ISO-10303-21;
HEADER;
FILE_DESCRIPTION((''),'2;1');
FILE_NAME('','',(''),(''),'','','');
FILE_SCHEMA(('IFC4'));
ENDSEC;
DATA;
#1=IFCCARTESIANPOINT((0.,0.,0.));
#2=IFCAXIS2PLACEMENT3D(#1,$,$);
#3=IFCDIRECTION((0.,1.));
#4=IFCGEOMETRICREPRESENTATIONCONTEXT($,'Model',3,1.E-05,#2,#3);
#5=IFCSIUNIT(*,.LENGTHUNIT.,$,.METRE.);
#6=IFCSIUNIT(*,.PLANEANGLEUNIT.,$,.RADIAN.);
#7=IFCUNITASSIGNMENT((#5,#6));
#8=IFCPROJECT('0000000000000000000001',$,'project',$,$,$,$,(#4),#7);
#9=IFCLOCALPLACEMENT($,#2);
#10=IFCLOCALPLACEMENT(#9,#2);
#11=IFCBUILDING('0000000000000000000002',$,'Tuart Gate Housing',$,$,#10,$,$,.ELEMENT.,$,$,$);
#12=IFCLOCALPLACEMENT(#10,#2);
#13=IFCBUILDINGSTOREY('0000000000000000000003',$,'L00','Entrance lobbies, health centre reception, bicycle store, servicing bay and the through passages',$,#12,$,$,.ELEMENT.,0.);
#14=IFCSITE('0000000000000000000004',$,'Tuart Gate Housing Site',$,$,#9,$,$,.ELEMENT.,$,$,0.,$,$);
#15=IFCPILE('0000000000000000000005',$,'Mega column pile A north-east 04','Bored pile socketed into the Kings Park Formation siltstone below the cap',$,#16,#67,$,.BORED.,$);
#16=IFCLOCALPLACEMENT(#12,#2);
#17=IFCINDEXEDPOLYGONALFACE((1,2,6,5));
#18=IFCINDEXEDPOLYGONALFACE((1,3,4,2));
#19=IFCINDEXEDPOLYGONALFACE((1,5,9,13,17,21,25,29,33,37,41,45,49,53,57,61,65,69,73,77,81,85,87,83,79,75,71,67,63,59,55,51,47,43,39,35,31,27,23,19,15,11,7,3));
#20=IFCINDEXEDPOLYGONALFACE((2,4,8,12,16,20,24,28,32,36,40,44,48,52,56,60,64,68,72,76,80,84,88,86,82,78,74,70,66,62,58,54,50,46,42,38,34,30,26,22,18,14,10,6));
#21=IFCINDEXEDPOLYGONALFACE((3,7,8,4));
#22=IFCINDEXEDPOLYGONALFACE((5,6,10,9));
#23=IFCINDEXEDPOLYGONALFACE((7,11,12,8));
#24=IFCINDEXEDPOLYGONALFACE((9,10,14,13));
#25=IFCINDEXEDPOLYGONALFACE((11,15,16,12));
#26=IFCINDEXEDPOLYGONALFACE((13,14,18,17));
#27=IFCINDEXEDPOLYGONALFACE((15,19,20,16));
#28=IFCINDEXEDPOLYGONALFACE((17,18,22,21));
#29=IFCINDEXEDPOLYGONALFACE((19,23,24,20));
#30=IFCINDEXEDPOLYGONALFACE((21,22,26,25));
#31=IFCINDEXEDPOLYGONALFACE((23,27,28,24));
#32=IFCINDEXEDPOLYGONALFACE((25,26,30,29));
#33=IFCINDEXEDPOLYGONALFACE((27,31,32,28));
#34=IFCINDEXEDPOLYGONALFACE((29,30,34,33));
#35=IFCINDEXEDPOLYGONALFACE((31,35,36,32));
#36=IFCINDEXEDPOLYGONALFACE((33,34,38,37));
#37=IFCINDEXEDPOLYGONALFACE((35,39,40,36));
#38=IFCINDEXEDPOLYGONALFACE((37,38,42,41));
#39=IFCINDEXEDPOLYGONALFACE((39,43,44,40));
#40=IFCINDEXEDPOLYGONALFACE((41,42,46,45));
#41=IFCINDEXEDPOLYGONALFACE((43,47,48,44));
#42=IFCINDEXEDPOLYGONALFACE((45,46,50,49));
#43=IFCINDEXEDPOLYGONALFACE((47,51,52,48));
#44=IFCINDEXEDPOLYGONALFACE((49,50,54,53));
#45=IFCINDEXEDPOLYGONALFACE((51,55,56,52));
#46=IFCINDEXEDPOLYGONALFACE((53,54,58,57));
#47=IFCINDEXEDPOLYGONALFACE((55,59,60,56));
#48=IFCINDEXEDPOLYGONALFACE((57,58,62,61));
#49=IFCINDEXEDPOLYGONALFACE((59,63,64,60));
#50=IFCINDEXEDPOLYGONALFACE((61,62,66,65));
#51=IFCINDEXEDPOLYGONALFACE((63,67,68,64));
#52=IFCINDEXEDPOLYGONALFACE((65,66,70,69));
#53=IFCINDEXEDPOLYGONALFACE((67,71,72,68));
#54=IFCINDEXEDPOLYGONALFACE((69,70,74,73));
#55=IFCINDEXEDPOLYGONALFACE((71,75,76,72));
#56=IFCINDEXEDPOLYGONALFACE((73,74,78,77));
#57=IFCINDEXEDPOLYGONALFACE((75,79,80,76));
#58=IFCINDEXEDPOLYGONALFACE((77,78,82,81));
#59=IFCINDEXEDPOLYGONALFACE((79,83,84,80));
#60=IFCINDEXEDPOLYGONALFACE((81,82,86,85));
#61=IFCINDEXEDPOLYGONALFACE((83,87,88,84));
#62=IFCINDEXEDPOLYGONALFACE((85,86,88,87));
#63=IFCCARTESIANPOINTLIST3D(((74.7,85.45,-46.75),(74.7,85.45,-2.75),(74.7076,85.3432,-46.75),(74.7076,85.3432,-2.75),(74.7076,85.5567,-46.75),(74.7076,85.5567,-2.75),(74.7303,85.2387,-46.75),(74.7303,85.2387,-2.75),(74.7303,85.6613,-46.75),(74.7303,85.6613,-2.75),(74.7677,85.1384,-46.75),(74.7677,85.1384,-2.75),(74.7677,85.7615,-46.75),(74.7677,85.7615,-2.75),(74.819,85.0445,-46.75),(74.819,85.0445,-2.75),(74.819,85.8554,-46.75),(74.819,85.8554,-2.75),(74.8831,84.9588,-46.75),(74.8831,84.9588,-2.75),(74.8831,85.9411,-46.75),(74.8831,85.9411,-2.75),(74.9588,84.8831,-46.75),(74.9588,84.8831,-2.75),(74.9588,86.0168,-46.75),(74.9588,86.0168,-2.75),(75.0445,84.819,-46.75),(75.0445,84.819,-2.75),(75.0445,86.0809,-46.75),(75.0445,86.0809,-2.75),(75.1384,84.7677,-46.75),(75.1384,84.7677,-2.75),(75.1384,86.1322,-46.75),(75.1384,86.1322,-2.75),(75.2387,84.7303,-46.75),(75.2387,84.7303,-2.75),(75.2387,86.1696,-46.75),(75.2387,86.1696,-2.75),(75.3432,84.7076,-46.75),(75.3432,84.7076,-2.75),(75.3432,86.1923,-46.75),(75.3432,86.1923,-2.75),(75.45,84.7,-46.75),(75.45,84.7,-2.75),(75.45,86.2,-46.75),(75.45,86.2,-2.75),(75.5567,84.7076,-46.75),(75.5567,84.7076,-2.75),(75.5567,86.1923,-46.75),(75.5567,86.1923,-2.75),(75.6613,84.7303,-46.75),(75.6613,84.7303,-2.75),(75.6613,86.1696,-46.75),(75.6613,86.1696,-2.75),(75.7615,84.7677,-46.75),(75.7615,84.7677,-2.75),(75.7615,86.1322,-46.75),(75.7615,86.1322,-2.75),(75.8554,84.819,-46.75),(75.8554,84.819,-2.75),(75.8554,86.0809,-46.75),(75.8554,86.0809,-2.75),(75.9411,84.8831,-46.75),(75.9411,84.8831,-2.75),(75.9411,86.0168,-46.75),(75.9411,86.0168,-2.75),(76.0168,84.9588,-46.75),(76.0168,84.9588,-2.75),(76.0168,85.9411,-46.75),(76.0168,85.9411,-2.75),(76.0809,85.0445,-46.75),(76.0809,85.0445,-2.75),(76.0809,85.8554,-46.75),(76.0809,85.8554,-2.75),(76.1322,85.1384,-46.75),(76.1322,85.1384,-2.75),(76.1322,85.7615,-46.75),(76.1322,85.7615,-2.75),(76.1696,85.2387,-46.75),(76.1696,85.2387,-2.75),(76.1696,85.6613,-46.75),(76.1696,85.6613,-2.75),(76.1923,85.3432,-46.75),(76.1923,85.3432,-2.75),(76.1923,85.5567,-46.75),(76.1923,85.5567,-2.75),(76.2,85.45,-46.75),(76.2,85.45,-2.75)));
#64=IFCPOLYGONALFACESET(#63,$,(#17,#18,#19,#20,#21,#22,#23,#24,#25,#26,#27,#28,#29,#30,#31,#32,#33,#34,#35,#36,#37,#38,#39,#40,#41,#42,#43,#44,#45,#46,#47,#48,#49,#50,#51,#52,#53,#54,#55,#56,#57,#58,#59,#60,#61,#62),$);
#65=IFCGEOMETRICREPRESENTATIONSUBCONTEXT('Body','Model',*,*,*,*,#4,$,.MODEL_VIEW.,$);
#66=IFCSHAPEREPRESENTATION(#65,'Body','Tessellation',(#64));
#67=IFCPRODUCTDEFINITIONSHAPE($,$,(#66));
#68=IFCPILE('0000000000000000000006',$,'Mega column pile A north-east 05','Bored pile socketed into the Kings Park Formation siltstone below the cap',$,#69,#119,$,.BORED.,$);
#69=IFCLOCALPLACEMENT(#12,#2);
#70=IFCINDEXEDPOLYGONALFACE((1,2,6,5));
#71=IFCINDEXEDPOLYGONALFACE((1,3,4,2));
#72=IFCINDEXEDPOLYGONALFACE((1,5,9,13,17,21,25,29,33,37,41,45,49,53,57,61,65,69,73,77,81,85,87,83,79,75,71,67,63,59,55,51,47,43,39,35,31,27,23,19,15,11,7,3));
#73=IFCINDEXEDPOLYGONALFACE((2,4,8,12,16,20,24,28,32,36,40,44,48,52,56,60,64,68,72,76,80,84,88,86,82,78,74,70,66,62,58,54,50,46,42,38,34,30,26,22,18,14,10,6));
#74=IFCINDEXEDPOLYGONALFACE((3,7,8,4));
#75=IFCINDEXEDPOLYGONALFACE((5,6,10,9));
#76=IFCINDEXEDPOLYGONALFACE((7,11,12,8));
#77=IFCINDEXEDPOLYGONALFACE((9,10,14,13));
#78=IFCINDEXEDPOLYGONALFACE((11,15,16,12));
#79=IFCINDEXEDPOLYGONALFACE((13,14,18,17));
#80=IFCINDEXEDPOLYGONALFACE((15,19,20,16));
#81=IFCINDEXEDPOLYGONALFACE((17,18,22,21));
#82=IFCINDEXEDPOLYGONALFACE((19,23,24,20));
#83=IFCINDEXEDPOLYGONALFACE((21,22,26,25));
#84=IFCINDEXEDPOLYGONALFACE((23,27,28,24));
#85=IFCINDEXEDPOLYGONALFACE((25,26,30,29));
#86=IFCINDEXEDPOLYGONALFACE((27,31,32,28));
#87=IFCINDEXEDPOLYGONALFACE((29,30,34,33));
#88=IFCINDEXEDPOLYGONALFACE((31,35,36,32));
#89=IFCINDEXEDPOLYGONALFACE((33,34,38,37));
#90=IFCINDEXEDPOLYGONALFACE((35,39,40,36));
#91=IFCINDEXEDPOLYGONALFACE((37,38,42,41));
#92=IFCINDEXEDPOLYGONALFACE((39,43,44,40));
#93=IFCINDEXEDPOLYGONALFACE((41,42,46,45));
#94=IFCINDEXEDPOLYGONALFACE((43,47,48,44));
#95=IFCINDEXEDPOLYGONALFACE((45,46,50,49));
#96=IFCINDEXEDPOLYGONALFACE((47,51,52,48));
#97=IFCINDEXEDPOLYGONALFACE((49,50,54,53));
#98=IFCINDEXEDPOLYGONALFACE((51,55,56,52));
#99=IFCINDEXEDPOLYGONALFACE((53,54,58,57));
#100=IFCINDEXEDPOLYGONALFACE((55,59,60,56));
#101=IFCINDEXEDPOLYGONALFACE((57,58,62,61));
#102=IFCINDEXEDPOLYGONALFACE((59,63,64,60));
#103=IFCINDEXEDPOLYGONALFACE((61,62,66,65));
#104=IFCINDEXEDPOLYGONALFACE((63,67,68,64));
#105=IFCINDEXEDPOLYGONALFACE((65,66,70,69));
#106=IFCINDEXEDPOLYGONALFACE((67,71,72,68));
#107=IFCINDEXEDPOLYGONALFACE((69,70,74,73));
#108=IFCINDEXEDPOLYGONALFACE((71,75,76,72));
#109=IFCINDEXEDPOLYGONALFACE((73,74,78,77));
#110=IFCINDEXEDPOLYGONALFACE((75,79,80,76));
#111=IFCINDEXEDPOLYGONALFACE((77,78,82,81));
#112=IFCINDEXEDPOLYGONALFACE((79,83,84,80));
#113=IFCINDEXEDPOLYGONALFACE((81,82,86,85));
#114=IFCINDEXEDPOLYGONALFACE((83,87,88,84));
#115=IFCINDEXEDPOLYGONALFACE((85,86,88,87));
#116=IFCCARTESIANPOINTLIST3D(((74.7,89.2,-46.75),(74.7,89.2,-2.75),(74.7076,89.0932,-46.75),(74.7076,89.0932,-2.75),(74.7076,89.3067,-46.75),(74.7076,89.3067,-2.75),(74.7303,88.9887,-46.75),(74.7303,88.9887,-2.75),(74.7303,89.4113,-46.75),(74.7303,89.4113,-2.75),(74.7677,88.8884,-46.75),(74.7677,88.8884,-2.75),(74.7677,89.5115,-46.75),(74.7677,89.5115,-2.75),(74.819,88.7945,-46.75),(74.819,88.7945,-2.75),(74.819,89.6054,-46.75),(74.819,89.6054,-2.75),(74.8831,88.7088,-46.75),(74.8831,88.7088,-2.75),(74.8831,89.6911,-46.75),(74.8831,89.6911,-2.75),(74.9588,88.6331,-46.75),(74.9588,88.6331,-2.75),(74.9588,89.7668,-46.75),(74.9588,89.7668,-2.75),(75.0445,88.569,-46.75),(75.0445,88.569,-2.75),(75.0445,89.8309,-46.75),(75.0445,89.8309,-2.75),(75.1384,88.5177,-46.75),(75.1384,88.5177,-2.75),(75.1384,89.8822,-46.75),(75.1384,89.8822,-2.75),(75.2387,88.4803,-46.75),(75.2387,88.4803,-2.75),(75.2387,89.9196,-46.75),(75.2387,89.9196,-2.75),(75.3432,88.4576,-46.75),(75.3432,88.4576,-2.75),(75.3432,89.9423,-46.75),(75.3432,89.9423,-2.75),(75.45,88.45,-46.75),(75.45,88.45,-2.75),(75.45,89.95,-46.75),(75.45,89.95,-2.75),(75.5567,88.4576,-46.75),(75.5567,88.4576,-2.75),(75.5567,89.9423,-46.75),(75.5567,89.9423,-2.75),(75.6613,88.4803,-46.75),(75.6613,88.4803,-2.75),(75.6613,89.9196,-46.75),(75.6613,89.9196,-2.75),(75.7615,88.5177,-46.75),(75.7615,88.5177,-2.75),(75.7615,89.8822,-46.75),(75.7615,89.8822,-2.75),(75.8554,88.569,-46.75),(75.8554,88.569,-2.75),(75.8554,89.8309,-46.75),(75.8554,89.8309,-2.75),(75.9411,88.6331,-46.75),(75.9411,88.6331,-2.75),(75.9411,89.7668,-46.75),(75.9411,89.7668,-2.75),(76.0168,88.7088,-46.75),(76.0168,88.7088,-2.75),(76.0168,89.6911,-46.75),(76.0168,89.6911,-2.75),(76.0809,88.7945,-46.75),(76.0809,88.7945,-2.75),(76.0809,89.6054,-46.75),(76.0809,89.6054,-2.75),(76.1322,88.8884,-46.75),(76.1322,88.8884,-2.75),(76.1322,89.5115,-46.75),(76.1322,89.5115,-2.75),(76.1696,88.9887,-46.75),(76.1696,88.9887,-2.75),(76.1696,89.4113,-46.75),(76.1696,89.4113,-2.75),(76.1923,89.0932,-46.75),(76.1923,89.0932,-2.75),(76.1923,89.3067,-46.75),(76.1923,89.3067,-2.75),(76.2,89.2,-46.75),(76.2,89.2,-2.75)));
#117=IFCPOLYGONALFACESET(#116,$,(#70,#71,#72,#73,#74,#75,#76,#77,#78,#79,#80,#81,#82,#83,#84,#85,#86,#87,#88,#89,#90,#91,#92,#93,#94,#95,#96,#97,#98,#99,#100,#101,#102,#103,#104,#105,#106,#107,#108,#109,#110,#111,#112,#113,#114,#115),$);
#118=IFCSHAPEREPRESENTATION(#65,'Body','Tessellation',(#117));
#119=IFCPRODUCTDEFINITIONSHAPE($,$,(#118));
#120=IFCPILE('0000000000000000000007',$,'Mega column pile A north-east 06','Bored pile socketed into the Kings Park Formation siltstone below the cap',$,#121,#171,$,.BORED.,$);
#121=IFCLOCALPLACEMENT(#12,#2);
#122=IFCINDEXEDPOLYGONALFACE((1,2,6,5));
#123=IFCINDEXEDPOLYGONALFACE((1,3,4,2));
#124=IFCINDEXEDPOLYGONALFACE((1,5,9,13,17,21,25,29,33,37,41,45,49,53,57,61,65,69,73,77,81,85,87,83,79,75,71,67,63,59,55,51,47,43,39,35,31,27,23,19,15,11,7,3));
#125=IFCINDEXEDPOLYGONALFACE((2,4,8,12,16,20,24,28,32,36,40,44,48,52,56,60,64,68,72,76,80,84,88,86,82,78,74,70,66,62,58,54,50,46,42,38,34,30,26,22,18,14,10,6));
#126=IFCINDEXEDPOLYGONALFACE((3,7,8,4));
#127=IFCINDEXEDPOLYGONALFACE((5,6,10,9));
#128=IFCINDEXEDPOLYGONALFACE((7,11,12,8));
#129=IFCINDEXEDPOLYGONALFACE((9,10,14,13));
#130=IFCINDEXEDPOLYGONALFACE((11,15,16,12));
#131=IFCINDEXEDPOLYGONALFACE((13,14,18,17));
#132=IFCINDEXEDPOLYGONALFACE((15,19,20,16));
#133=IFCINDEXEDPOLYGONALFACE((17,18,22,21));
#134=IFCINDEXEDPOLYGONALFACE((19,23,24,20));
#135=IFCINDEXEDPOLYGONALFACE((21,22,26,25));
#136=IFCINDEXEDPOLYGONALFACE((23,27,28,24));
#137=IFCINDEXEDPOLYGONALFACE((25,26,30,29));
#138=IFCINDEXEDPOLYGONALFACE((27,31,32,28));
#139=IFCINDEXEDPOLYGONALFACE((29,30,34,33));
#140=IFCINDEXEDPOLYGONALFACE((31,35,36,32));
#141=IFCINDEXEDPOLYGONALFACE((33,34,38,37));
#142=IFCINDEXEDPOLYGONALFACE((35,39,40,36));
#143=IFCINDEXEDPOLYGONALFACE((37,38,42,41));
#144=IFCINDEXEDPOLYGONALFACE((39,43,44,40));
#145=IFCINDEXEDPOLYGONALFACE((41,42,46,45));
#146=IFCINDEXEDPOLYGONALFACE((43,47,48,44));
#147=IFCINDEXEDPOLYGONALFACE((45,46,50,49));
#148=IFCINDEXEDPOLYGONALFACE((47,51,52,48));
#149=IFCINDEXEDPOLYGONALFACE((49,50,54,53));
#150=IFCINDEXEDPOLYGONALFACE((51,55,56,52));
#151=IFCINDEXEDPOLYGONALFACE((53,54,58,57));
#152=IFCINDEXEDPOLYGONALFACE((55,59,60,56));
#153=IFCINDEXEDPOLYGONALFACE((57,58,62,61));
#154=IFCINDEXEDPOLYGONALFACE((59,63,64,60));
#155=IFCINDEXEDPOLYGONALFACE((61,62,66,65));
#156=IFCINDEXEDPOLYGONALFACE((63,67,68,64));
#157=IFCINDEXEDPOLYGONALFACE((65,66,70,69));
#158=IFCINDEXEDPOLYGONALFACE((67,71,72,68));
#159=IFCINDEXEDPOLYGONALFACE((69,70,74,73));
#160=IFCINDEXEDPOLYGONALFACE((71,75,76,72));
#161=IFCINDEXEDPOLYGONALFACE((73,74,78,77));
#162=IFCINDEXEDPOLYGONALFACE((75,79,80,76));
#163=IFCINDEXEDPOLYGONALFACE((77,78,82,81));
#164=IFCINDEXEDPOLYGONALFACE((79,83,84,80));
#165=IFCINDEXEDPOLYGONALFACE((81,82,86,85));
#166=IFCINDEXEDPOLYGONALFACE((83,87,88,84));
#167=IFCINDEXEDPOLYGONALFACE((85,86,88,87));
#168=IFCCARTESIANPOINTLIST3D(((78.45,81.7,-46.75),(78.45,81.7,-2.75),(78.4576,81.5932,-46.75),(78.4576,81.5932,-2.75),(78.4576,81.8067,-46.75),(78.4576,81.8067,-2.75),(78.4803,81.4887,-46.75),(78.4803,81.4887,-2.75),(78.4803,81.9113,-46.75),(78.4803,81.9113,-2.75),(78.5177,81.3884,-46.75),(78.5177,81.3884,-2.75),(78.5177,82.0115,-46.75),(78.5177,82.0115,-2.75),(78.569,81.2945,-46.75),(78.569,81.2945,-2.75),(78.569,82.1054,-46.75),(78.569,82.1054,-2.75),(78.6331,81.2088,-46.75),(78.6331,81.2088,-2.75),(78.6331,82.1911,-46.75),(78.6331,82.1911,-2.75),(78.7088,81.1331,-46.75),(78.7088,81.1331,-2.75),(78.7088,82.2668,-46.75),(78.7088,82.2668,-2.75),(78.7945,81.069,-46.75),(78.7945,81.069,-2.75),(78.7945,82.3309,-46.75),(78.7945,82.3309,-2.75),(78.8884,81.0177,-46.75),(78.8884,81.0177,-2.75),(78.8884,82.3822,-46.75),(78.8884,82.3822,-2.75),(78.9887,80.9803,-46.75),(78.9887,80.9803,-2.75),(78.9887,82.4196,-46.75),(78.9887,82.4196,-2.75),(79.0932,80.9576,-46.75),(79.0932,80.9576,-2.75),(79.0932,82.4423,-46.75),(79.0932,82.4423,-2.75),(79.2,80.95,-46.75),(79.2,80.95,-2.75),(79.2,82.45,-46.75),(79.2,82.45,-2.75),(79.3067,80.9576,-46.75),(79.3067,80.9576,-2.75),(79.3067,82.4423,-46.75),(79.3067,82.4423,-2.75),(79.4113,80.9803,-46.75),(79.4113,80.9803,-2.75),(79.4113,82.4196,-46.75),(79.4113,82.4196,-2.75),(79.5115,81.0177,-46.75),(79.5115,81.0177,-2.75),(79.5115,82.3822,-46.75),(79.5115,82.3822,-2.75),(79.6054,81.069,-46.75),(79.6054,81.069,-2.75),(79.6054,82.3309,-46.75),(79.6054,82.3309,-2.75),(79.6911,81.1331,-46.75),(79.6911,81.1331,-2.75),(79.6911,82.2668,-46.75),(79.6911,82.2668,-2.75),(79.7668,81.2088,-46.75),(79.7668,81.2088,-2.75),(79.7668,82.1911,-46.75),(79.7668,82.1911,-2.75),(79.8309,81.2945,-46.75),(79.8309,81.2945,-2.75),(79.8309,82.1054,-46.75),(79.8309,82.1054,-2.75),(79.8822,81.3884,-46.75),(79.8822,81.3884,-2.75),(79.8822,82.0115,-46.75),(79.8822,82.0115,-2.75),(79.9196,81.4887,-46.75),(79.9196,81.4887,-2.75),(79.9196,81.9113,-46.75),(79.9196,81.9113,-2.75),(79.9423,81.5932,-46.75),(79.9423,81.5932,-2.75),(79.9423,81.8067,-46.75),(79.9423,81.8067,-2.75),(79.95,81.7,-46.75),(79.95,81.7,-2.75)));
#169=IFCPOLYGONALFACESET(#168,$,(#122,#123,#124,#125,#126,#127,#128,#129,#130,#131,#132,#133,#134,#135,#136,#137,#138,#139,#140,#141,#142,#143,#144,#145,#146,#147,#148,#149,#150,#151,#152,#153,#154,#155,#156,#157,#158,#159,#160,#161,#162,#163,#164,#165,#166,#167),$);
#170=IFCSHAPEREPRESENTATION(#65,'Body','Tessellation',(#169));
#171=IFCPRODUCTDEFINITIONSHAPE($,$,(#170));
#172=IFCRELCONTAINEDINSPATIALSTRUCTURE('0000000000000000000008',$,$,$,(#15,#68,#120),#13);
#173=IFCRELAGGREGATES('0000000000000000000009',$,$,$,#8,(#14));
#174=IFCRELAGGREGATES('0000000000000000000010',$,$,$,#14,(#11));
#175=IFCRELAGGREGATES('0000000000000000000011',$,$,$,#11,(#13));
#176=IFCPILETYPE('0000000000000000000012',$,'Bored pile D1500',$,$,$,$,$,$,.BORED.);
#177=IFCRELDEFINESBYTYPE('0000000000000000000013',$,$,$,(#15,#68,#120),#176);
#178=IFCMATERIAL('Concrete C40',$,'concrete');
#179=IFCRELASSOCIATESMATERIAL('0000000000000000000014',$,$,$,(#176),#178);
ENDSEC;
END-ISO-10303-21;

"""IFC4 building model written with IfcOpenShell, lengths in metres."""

from ifc_helpers import new_model, si_unit, direction, frame, origin, origin_2d, place, context, subcontext, project, spatial, circle, extrude, material, material_profile, profile_set, type_object, element, save


model = new_model("IFC4")

# Units and contexts
model_context = context("Model", 3, precision=1e-05, world=origin(), true_north=direction((0.0, 1.0)))
body_context = subcontext(model_context, "Body", "Model", "MODEL_VIEW")
ifc_project = project(units=[si_unit("LENGTHUNIT", "METRE"), si_unit("PLANEANGLEUNIT", "RADIAN")], contexts=[model_context])

# Site, building, storey
site_placement = place(None, origin())
site = spatial("IfcSite", under=ifc_project, at=site_placement, Name="Tuart Gate Housing Site", CompositionType="ELEMENT", RefElevation=0.0)
building_placement = place(site_placement, origin())
building = spatial("IfcBuilding", under=site, at=building_placement, Name="Tuart Gate Housing", CompositionType="ELEMENT")
storey_placement = place(building_placement, origin())
storey = spatial("IfcBuildingStorey", under=building, at=storey_placement, Name="L00", Description="Entrance lobbies, health centre reception, bicycle store, servicing bay and the through passages", CompositionType="ELEMENT", Elevation=0.0)

# Piles
ifc_material_1 = material(Name="Concrete C40", Category="concrete")
ifc_material_profile_1 = material_profile(ifc_material_1, circle(Radius=0.75, at=origin_2d()), Name="Bored pile D1500")
ifc_profile_set_1 = profile_set([ifc_material_profile_1], Name="Concrete C40")
pile_type = type_object("IfcPileType", Name="Bored pile D1500", PredefinedType="BORED", material=ifc_profile_set_1)
for number, where, z_axis, x_axis, name in (
    (1, (75.45, 85.45, -2.75), (0.0, 0.0, -1.0), (1.0, 0.0, 0.0), "Mega column pile A north-east 04"),
    (2, (75.45, 89.2, -2.75), (0.0, 0.0, -1.0), (1.0, 0.0, 0.0), "Mega column pile A north-east 05"),
    (3, (79.2, 81.7, -2.75), (0.0, 0.0, -1.0), (1.0, 0.0, 0.0), "Mega column pile A north-east 06"),
):
    element("IfcPile", number, at=place(storey_placement, frame(where, z_axis=z_axis, x_axis=x_axis)), inside=storey, type_object=pile_type, Name=name, Description="Bored pile socketed into the Kings Park Formation siltstone below the cap", PredefinedType="BORED", context=body_context, shape_type="SweptSolid", body=[
        extrude(circle(Radius=0.75, at=origin_2d()), origin(), (0.0, 0.0, 1.0), 44.0),
    ])

save(model, "model.ifc")
